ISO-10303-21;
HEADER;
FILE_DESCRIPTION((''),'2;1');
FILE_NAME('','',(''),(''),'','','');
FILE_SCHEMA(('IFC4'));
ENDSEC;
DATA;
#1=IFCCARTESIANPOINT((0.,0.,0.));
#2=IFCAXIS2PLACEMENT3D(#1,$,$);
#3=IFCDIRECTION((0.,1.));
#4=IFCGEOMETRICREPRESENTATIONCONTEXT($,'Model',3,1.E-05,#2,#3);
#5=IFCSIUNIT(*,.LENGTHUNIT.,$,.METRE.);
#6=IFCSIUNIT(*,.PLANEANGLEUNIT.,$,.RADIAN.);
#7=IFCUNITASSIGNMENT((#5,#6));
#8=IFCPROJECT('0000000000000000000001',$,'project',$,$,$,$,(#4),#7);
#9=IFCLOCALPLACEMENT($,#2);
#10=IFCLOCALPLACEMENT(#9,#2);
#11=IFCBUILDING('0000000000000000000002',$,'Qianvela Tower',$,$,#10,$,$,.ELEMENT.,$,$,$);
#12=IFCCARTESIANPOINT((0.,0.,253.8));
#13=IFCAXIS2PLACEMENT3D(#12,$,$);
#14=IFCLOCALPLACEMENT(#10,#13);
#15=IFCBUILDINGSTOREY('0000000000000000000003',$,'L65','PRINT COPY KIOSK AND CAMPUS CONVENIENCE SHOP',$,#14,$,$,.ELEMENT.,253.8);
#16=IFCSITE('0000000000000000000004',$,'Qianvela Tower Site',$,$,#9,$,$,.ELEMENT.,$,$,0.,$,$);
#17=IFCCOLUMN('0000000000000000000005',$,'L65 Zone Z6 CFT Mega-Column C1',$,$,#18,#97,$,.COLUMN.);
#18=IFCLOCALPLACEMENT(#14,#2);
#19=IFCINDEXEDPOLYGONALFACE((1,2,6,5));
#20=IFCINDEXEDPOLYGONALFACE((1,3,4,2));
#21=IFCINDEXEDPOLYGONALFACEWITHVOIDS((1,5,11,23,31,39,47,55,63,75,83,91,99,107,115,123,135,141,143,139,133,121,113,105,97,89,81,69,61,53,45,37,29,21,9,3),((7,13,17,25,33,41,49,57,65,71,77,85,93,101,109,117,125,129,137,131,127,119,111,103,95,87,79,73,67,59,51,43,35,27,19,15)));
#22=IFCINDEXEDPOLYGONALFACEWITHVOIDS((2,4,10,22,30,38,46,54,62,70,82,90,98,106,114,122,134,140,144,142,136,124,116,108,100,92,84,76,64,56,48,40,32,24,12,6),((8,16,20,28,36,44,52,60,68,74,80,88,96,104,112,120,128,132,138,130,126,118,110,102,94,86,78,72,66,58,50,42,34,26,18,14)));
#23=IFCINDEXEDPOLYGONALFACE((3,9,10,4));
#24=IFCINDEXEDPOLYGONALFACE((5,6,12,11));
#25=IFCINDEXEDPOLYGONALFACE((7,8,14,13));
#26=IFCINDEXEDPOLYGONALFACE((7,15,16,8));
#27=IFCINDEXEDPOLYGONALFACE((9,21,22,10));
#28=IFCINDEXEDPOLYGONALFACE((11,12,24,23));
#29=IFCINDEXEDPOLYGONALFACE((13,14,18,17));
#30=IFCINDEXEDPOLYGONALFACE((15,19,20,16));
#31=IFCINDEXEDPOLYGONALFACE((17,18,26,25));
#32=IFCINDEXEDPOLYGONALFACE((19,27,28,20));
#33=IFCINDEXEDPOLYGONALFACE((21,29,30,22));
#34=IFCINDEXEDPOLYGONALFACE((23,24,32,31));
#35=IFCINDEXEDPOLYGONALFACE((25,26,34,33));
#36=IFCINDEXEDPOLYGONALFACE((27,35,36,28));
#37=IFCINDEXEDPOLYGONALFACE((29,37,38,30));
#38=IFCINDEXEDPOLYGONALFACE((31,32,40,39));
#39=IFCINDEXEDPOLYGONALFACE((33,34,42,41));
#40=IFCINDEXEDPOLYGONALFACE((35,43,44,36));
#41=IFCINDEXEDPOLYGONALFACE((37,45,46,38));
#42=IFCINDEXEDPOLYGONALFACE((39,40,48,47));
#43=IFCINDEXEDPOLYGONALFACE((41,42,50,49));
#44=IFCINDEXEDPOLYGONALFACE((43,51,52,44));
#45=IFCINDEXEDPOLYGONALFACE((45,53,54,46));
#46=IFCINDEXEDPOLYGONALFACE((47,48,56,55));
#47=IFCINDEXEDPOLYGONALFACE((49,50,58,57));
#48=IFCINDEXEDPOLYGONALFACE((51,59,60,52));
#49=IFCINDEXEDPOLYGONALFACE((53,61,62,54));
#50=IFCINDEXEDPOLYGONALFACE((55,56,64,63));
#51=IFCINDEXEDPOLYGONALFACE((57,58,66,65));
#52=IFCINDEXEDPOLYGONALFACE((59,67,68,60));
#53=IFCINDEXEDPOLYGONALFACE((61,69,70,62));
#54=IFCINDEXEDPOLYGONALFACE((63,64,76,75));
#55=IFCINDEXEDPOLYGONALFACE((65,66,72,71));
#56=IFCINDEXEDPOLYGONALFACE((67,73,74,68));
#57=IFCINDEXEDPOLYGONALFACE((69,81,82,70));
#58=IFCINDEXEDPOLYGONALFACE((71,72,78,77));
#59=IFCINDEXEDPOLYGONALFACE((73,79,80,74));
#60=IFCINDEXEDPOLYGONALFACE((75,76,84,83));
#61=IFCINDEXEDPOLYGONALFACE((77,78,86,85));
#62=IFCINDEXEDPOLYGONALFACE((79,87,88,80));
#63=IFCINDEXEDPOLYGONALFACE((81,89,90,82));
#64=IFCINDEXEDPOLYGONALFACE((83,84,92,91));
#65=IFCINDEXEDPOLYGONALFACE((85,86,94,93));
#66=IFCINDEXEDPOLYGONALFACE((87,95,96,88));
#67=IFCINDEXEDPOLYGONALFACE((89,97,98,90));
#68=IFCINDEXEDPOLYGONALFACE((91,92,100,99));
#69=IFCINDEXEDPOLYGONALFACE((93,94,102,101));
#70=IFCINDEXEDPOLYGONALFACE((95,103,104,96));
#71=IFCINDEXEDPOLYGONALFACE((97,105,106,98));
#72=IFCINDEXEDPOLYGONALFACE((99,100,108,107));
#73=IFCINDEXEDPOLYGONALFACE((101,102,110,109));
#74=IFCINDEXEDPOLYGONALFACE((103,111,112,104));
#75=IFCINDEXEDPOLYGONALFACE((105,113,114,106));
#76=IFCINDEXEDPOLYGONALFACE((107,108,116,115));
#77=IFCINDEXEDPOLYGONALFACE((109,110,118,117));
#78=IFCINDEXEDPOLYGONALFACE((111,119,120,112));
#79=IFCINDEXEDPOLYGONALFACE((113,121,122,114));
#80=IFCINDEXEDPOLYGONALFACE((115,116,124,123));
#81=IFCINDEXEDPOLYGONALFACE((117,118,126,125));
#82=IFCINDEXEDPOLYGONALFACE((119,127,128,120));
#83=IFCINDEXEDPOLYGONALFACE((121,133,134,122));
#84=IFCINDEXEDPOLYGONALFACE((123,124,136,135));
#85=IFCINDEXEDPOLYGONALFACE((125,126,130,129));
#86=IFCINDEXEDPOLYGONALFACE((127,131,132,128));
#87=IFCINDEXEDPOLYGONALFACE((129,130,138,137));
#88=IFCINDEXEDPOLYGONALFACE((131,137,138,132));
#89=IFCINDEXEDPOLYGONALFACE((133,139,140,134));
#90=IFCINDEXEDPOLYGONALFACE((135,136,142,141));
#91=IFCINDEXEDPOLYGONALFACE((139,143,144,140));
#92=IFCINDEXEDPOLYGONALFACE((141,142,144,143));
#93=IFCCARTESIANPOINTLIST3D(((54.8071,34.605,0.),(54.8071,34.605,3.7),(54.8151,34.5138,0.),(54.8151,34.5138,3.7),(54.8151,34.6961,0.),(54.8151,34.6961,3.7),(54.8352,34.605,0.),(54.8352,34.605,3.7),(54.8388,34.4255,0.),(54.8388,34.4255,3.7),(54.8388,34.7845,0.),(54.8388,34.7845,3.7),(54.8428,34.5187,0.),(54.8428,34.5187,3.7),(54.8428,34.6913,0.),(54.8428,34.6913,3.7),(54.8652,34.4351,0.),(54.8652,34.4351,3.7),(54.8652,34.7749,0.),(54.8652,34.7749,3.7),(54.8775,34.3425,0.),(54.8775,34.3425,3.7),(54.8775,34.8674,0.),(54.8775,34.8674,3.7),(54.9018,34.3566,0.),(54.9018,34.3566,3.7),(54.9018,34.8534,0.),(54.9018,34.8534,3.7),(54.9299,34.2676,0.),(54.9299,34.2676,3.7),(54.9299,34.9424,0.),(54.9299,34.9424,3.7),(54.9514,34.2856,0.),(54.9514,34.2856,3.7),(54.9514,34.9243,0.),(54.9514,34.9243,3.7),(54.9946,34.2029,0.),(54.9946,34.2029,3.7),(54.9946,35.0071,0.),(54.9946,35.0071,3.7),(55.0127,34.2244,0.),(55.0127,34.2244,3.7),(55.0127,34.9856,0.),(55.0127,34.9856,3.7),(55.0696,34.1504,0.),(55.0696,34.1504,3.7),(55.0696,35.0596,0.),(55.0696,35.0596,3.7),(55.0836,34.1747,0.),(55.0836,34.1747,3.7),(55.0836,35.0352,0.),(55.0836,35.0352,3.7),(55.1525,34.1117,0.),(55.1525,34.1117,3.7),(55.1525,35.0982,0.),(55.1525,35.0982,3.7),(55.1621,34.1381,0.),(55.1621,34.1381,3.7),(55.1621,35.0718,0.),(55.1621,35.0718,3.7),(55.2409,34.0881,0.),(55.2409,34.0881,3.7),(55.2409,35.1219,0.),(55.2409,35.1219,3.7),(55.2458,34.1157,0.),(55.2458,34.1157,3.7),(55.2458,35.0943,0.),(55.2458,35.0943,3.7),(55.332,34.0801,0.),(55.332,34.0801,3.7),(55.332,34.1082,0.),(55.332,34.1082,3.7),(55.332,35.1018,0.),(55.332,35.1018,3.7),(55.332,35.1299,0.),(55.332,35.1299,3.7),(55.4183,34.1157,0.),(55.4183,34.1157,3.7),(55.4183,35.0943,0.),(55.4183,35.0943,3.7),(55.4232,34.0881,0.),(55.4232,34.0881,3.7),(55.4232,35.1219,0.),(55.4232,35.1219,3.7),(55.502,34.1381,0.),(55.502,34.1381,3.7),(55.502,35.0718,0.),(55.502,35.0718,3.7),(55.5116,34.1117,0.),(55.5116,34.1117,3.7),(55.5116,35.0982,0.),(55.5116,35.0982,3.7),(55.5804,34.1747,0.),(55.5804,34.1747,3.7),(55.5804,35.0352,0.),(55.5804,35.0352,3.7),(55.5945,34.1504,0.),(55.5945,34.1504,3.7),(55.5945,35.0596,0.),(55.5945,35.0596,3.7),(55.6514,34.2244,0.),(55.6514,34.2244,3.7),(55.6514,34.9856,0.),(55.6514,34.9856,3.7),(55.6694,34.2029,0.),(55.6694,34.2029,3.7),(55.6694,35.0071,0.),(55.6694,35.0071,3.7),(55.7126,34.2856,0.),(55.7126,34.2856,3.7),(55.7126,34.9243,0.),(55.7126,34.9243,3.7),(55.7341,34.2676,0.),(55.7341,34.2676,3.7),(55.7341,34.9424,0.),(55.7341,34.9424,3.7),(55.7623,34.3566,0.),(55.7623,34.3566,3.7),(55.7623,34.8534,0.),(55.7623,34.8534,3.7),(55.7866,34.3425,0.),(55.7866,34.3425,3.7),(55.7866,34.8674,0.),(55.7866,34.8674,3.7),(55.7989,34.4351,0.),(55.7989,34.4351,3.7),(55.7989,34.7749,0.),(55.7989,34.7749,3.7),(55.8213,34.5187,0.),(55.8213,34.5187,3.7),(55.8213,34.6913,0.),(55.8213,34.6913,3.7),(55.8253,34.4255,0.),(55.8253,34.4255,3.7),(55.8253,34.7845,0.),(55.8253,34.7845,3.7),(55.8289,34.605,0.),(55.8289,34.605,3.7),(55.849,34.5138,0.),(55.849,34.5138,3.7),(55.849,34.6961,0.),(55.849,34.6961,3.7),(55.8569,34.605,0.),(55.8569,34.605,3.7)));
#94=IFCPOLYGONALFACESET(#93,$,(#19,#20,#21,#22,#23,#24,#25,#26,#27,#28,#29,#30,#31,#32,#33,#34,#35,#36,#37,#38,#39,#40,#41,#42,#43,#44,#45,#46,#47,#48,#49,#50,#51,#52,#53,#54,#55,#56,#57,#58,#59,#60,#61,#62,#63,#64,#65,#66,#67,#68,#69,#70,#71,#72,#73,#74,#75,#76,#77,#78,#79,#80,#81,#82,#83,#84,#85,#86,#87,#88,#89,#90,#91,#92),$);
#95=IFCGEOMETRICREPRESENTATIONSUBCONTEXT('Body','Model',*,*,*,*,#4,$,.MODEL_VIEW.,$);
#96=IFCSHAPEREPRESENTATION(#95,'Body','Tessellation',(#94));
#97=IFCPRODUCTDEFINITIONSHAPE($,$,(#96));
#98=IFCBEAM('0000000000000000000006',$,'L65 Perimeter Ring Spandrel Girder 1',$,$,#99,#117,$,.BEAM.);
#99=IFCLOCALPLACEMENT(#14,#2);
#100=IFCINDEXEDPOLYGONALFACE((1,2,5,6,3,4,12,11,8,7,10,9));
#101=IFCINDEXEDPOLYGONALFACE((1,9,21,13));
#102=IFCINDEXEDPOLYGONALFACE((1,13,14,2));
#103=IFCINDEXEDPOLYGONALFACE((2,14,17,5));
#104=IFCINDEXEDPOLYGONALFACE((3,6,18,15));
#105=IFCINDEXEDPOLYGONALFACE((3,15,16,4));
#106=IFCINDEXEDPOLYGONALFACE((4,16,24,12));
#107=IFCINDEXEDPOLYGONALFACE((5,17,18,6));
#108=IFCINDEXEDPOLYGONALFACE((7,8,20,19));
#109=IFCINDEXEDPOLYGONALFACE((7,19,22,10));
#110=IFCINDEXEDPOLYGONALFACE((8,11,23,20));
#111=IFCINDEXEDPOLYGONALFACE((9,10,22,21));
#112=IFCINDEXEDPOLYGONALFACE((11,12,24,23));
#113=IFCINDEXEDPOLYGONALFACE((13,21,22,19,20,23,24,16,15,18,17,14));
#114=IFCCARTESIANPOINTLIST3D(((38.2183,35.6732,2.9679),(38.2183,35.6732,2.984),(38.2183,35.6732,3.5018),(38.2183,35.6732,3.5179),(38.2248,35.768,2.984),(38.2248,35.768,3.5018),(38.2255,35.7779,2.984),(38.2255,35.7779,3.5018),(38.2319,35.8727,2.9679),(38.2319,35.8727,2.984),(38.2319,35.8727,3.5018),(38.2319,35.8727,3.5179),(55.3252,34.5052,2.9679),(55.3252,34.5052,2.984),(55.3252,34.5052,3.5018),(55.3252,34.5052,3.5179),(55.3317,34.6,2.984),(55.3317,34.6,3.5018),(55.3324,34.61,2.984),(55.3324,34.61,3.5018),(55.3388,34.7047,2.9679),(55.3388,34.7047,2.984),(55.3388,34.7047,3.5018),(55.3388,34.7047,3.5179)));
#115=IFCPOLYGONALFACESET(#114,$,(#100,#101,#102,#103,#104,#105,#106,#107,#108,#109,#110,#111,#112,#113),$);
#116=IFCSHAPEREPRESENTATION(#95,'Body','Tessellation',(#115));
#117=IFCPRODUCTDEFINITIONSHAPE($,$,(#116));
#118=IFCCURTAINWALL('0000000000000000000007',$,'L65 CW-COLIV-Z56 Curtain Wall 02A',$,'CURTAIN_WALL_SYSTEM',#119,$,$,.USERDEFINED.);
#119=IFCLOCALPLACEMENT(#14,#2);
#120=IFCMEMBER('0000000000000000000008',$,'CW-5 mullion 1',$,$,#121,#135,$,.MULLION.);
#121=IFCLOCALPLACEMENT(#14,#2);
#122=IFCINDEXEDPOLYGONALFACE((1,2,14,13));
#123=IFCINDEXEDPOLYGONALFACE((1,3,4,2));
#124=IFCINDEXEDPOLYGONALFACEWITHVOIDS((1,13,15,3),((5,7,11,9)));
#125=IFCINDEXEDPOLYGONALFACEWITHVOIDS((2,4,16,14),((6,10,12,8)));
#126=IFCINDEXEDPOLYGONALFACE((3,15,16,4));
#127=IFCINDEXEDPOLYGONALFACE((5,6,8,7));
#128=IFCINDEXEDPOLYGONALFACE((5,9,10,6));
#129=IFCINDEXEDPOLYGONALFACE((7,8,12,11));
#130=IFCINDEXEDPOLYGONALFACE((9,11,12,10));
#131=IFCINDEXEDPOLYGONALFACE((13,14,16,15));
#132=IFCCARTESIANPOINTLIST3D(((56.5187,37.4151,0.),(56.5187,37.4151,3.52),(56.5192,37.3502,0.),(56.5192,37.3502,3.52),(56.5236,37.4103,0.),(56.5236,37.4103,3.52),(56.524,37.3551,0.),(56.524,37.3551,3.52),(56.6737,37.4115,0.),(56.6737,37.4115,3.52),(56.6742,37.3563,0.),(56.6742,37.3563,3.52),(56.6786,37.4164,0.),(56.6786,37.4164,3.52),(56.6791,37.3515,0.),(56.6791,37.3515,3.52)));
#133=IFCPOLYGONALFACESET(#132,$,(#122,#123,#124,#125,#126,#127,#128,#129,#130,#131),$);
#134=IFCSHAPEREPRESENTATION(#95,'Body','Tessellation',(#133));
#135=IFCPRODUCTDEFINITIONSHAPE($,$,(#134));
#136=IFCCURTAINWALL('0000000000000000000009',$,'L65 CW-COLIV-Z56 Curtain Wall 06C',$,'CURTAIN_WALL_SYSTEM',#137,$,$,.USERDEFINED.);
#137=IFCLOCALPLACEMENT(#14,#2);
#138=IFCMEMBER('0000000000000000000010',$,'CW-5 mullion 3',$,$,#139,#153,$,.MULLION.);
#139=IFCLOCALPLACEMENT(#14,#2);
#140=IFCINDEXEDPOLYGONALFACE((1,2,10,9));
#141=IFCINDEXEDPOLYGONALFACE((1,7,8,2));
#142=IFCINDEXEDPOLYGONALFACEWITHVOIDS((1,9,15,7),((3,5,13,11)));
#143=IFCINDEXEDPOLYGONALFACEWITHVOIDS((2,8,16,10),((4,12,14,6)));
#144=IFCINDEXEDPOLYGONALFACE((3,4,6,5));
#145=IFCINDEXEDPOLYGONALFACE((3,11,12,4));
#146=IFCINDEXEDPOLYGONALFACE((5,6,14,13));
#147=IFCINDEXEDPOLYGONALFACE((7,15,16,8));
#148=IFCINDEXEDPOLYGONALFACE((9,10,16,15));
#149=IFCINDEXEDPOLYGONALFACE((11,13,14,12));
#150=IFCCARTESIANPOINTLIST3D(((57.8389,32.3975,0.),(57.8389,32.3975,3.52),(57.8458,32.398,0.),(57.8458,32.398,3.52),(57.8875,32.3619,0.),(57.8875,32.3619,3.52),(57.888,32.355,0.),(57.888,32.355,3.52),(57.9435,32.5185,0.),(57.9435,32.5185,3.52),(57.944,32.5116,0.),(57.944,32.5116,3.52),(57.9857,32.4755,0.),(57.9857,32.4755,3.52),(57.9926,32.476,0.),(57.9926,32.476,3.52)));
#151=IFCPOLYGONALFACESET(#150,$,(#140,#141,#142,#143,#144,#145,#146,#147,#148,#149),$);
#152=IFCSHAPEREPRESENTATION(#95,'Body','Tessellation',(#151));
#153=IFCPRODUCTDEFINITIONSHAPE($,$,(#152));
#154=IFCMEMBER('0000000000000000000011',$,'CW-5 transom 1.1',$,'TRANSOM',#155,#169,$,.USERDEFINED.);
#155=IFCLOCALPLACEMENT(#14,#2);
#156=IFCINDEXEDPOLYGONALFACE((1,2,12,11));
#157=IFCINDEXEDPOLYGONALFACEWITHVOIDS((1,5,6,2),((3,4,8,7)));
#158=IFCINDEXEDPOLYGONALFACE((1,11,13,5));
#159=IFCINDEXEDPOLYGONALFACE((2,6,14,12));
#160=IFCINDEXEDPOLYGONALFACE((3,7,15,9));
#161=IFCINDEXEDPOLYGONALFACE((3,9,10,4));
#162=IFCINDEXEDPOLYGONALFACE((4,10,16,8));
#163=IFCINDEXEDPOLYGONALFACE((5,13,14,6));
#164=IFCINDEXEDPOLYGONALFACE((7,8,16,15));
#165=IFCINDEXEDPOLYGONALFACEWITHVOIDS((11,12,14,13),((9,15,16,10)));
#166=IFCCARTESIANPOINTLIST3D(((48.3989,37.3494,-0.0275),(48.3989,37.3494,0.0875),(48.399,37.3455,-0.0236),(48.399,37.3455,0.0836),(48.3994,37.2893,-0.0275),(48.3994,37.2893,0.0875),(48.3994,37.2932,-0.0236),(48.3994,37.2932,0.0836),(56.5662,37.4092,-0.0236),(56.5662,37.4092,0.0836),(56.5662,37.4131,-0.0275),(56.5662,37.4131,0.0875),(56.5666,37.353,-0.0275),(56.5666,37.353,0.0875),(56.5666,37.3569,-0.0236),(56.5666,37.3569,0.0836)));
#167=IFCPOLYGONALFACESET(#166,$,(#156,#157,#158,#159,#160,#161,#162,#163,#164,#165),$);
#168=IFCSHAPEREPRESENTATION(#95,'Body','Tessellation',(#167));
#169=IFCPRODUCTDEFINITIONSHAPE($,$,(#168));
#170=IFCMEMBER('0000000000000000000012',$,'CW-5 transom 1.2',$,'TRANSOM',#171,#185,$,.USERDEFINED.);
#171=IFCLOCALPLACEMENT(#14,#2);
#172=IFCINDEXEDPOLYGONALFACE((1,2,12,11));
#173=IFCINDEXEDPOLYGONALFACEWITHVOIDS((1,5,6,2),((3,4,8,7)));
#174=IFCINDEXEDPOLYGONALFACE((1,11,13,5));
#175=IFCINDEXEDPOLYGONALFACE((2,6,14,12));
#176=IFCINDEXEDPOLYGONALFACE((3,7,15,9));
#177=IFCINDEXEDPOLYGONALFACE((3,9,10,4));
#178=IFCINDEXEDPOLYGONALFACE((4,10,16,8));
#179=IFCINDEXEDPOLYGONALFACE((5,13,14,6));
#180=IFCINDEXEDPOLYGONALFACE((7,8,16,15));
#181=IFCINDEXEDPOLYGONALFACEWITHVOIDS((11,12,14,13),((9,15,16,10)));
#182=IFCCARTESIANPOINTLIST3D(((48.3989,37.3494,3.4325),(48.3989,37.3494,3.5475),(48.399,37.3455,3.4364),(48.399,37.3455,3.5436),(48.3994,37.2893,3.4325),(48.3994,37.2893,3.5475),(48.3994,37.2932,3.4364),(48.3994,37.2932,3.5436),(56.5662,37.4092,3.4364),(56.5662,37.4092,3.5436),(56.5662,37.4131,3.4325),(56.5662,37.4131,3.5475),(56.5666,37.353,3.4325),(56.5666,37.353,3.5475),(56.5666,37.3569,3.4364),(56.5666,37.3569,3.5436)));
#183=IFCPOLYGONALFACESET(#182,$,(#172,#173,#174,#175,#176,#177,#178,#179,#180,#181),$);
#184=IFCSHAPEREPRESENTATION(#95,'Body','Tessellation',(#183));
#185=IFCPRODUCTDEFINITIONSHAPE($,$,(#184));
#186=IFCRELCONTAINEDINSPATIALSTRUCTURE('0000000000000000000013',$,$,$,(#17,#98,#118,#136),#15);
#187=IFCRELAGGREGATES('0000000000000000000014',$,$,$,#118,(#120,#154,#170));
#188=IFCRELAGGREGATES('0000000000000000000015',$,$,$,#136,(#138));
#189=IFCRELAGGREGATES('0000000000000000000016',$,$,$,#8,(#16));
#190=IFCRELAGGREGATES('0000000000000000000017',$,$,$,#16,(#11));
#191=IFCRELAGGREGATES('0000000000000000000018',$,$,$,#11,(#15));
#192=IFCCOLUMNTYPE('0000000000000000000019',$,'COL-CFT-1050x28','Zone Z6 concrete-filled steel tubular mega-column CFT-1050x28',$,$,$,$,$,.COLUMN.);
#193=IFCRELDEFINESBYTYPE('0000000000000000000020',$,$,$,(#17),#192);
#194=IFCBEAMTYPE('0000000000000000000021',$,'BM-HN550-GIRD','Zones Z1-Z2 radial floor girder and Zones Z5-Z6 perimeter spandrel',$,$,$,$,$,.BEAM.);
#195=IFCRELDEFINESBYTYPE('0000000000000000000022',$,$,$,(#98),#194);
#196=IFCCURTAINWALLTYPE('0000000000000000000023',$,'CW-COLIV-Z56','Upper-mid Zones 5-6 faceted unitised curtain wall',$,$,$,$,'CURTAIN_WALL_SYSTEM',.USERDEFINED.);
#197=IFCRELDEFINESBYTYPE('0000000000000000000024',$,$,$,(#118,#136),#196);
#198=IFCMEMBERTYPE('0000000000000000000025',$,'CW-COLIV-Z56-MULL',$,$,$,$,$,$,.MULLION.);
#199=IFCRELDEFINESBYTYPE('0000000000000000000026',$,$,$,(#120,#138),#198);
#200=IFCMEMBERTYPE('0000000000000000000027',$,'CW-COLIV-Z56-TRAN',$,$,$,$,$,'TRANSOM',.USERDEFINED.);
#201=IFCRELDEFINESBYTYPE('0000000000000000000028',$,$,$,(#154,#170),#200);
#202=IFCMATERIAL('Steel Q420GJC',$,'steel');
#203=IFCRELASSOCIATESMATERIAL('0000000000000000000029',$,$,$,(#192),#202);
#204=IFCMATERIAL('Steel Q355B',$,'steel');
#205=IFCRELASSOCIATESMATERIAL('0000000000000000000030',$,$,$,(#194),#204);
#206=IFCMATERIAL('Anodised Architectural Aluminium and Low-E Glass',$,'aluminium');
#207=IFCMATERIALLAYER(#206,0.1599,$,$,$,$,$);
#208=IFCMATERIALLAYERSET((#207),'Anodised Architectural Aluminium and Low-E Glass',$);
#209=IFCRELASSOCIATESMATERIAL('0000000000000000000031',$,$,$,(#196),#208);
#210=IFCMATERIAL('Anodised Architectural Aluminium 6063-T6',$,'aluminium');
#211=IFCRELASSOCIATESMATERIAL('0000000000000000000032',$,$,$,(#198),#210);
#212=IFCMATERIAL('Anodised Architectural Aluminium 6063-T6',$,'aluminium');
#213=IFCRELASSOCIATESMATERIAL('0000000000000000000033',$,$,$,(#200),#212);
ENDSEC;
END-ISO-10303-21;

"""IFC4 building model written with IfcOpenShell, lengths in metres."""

from ifc_helpers import new_model, si_unit, direction, frame, origin, origin_2d, place, context, subcontext, project, spatial, hollow_rectangle, hollow_circle, i_section, extrude, material, layer, layer_set, material_profile, profile_set, type_object, element, aggregate, save


model = new_model("IFC4")

# Units and contexts
model_context = context("Model", 3, precision=1e-05, world=origin(), true_north=direction((0.0, 1.0)))
body_context = subcontext(model_context, "Body", "Model", "MODEL_VIEW")
ifc_project = project(units=[si_unit("LENGTHUNIT", "METRE"), si_unit("PLANEANGLEUNIT", "RADIAN")], contexts=[model_context])

# Site, building, storey
site_placement = place(None, origin())
site = spatial("IfcSite", under=ifc_project, at=site_placement, Name="Qianvela Tower Site", CompositionType="ELEMENT", RefElevation=0.0)
building_placement = place(site_placement, origin())
building = spatial("IfcBuilding", under=site, at=building_placement, Name="Qianvela Tower", CompositionType="ELEMENT")
storey_placement = place(building_placement, frame((0.0, 0.0, 253.8)))
storey = spatial("IfcBuildingStorey", under=building, at=storey_placement, Name="L65", Description="PRINT COPY KIOSK AND CAMPUS CONVENIENCE SHOP", CompositionType="ELEMENT", Elevation=253.8)

# Column
ifc_material_1 = material(Name="Steel Q420GJC", Category="steel")
ifc_material_profile_1 = material_profile(ifc_material_1, hollow_circle(Radius=0.5249, WallThickness=0.0281, at=origin_2d()), Name="CFT-1050x28")
ifc_profile_set_1 = profile_set([ifc_material_profile_1], Name="Steel Q420GJC")
column_type = type_object("IfcColumnType", Name="COL-CFT-1050x28", Description="Zone Z6 concrete-filled steel tubular mega-column CFT-1050x28", PredefinedType="COLUMN", material=ifc_profile_set_1)
column_placement = place(storey_placement, frame((55.332, 34.605, 0.0), z_axis=(0.0, 0.0, 1.0), x_axis=(1.0, 0.0, 0.0)))
element("IfcColumn", 1, at=column_placement, inside=storey, type_object=column_type, Name="L65 Zone Z6 CFT Mega-Column C1", PredefinedType="COLUMN", context=body_context, shape_type="SweptSolid", body=[
    extrude(hollow_circle(Radius=0.5249, WallThickness=0.0281, at=origin_2d()), origin(), (0.0, 0.0, 1.0), 3.7),
])

# Beam
ifc_material_2 = material(Name="Steel Q355B", Category="steel")
ifc_material_profile_2 = material_profile(ifc_material_2, i_section(OverallWidth=0.2, OverallDepth=0.55, WebThickness=0.01, FlangeThickness=0.0161, at=origin_2d()), Name="HN550x200x10x16")
ifc_profile_set_2 = profile_set([ifc_material_profile_2], Name="Steel Q355B")
beam_type = type_object("IfcBeamType", Name="BM-HN550-GIRD", Description="Zones Z1-Z2 radial floor girder and Zones Z5-Z6 perimeter spandrel", PredefinedType="BEAM", material=ifc_profile_set_2)
beam_placement = place(storey_placement, frame((55.332, 34.605, 3.2429), z_axis=(-0.997677, 0.068116, 0.0), x_axis=(-0.068116, -0.997677, 0.0)))
element("IfcBeam", 2, at=beam_placement, inside=storey, type_object=beam_type, Name="L65 Perimeter Ring Spandrel Girder 1", PredefinedType="BEAM", context=body_context, shape_type="SweptSolid", body=[
    extrude(i_section(OverallWidth=0.2, OverallDepth=0.55, WebThickness=0.01, FlangeThickness=0.0161, at=origin_2d()), origin(), (0.0, 0.0, 1.0), 17.1467),
])

# Curtain walls, members
ifc_material_3 = material(Name="Anodised Architectural Aluminium and Low-E Glass", Category="aluminium")
ifc_layer_1 = layer(ifc_material_3, 0.1599)
ifc_layer_set_1 = layer_set([ifc_layer_1], Name="Anodised Architectural Aluminium and Low-E Glass")
curtain_wall_type = type_object("IfcCurtainWallType", Name="CW-COLIV-Z56", Description="Upper-mid Zones 5-6 faceted unitised curtain wall", ElementType="CURTAIN_WALL_SYSTEM", PredefinedType="USERDEFINED", material=ifc_layer_set_1)
curtain_wall_1_placement = place(storey_placement, origin())
curtain_wall_1 = element("IfcCurtainWall", 3, at=curtain_wall_1_placement, inside=storey, type_object=curtain_wall_type, Name="L65 CW-COLIV-Z56 Curtain Wall 02A", ObjectType="CURTAIN_WALL_SYSTEM", PredefinedType="USERDEFINED")
ifc_material_4 = material(Name="Anodised Architectural Aluminium 6063-T6", Category="aluminium")
ifc_material_profile_3 = material_profile(ifc_material_4, hollow_rectangle(XDim=0.0649, YDim=0.1599, WallThickness=0.0049, at=origin_2d()), Name="ALU-MULL-65x160")
ifc_profile_set_3 = profile_set([ifc_material_profile_3], Name="Anodised Architectural Aluminium 6063-T6")
member_type_1 = type_object("IfcMemberType", Name="CW-COLIV-Z56-MULL", PredefinedType="MULLION", material=ifc_profile_set_3)
member_1_placement = place(storey_placement, frame((56.5989, 37.3833, 0.0), z_axis=(0.0, 0.0, 1.0), x_axis=(0.007804, -0.99997, 0.0)))
member_1 = element("IfcMember", 4, at=member_1_placement, type_object=member_type_1, Name="CW-5 mullion 1", PredefinedType="MULLION", context=body_context, shape_type="SweptSolid", body=[
    extrude(hollow_rectangle(XDim=0.0649, YDim=0.1599, WallThickness=0.0049, at=origin_2d()), origin(), (0.0, 0.0, 1.0), 3.52),
])
curtain_wall_2_placement = place(storey_placement, origin())
curtain_wall_2 = element("IfcCurtainWall", 5, at=curtain_wall_2_placement, inside=storey, type_object=curtain_wall_type, Name="L65 CW-COLIV-Z56 Curtain Wall 06C", ObjectType="CURTAIN_WALL_SYSTEM", PredefinedType="USERDEFINED")
member_2_placement = place(storey_placement, frame((57.9158, 32.4368, 0.0), z_axis=(0.0, 0.0, 1.0), x_axis=(-0.756458, 0.654043, 0.0)))
member_2 = element("IfcMember", 6, at=member_2_placement, type_object=member_type_1, Name="CW-5 mullion 3", PredefinedType="MULLION", context=body_context, shape_type="SweptSolid", body=[
    extrude(hollow_rectangle(XDim=0.0649, YDim=0.1599, WallThickness=0.0049, at=origin_2d()), origin(), (0.0, 0.0, 1.0), 3.52),
])

# Members
ifc_material_5 = material(Name="Anodised Architectural Aluminium 6063-T6", Category="aluminium")
ifc_material_profile_4 = material_profile(ifc_material_5, hollow_rectangle(XDim=0.0601, YDim=0.115, WallThickness=0.0039, at=origin_2d()), Name="ALU-TRAN-60x115")
ifc_profile_set_4 = profile_set([ifc_material_profile_4], Name="Anodised Architectural Aluminium 6063-T6")
member_type_2 = type_object("IfcMemberType", Name="CW-COLIV-Z56-TRAN", ElementType="TRANSOM", PredefinedType="USERDEFINED", material=ifc_profile_set_4)
member_3_placement = place(storey_placement, frame((56.5664, 37.3831, 0.03), z_axis=(-0.99997, -0.007802, 0.0), x_axis=(0.007802, -0.99997, 0.0)))
member_3 = element("IfcMember", 7, at=member_3_placement, type_object=member_type_2, Name="CW-5 transom 1.1", ObjectType="TRANSOM", PredefinedType="USERDEFINED", context=body_context, shape_type="SweptSolid", body=[
    extrude(hollow_rectangle(XDim=0.0601, YDim=0.115, WallThickness=0.0039, at=origin_2d()), origin(), (0.0, 0.0, 1.0), 8.1675),
])
member_4_placement = place(storey_placement, frame((56.5664, 37.3831, 3.49), z_axis=(-0.99997, -0.007802, 0.0), x_axis=(0.007802, -0.99997, 0.0)))
member_4 = element("IfcMember", 8, at=member_4_placement, type_object=member_type_2, Name="CW-5 transom 1.2", ObjectType="TRANSOM", PredefinedType="USERDEFINED", context=body_context, shape_type="SweptSolid", body=[
    extrude(hollow_rectangle(XDim=0.0601, YDim=0.115, WallThickness=0.0039, at=origin_2d()), origin(), (0.0, 0.0, 1.0), 8.1675),
])
aggregate(curtain_wall_1, [member_1, member_3, member_4])

aggregate(curtain_wall_2, [member_2])

save(model, "model.ifc")
